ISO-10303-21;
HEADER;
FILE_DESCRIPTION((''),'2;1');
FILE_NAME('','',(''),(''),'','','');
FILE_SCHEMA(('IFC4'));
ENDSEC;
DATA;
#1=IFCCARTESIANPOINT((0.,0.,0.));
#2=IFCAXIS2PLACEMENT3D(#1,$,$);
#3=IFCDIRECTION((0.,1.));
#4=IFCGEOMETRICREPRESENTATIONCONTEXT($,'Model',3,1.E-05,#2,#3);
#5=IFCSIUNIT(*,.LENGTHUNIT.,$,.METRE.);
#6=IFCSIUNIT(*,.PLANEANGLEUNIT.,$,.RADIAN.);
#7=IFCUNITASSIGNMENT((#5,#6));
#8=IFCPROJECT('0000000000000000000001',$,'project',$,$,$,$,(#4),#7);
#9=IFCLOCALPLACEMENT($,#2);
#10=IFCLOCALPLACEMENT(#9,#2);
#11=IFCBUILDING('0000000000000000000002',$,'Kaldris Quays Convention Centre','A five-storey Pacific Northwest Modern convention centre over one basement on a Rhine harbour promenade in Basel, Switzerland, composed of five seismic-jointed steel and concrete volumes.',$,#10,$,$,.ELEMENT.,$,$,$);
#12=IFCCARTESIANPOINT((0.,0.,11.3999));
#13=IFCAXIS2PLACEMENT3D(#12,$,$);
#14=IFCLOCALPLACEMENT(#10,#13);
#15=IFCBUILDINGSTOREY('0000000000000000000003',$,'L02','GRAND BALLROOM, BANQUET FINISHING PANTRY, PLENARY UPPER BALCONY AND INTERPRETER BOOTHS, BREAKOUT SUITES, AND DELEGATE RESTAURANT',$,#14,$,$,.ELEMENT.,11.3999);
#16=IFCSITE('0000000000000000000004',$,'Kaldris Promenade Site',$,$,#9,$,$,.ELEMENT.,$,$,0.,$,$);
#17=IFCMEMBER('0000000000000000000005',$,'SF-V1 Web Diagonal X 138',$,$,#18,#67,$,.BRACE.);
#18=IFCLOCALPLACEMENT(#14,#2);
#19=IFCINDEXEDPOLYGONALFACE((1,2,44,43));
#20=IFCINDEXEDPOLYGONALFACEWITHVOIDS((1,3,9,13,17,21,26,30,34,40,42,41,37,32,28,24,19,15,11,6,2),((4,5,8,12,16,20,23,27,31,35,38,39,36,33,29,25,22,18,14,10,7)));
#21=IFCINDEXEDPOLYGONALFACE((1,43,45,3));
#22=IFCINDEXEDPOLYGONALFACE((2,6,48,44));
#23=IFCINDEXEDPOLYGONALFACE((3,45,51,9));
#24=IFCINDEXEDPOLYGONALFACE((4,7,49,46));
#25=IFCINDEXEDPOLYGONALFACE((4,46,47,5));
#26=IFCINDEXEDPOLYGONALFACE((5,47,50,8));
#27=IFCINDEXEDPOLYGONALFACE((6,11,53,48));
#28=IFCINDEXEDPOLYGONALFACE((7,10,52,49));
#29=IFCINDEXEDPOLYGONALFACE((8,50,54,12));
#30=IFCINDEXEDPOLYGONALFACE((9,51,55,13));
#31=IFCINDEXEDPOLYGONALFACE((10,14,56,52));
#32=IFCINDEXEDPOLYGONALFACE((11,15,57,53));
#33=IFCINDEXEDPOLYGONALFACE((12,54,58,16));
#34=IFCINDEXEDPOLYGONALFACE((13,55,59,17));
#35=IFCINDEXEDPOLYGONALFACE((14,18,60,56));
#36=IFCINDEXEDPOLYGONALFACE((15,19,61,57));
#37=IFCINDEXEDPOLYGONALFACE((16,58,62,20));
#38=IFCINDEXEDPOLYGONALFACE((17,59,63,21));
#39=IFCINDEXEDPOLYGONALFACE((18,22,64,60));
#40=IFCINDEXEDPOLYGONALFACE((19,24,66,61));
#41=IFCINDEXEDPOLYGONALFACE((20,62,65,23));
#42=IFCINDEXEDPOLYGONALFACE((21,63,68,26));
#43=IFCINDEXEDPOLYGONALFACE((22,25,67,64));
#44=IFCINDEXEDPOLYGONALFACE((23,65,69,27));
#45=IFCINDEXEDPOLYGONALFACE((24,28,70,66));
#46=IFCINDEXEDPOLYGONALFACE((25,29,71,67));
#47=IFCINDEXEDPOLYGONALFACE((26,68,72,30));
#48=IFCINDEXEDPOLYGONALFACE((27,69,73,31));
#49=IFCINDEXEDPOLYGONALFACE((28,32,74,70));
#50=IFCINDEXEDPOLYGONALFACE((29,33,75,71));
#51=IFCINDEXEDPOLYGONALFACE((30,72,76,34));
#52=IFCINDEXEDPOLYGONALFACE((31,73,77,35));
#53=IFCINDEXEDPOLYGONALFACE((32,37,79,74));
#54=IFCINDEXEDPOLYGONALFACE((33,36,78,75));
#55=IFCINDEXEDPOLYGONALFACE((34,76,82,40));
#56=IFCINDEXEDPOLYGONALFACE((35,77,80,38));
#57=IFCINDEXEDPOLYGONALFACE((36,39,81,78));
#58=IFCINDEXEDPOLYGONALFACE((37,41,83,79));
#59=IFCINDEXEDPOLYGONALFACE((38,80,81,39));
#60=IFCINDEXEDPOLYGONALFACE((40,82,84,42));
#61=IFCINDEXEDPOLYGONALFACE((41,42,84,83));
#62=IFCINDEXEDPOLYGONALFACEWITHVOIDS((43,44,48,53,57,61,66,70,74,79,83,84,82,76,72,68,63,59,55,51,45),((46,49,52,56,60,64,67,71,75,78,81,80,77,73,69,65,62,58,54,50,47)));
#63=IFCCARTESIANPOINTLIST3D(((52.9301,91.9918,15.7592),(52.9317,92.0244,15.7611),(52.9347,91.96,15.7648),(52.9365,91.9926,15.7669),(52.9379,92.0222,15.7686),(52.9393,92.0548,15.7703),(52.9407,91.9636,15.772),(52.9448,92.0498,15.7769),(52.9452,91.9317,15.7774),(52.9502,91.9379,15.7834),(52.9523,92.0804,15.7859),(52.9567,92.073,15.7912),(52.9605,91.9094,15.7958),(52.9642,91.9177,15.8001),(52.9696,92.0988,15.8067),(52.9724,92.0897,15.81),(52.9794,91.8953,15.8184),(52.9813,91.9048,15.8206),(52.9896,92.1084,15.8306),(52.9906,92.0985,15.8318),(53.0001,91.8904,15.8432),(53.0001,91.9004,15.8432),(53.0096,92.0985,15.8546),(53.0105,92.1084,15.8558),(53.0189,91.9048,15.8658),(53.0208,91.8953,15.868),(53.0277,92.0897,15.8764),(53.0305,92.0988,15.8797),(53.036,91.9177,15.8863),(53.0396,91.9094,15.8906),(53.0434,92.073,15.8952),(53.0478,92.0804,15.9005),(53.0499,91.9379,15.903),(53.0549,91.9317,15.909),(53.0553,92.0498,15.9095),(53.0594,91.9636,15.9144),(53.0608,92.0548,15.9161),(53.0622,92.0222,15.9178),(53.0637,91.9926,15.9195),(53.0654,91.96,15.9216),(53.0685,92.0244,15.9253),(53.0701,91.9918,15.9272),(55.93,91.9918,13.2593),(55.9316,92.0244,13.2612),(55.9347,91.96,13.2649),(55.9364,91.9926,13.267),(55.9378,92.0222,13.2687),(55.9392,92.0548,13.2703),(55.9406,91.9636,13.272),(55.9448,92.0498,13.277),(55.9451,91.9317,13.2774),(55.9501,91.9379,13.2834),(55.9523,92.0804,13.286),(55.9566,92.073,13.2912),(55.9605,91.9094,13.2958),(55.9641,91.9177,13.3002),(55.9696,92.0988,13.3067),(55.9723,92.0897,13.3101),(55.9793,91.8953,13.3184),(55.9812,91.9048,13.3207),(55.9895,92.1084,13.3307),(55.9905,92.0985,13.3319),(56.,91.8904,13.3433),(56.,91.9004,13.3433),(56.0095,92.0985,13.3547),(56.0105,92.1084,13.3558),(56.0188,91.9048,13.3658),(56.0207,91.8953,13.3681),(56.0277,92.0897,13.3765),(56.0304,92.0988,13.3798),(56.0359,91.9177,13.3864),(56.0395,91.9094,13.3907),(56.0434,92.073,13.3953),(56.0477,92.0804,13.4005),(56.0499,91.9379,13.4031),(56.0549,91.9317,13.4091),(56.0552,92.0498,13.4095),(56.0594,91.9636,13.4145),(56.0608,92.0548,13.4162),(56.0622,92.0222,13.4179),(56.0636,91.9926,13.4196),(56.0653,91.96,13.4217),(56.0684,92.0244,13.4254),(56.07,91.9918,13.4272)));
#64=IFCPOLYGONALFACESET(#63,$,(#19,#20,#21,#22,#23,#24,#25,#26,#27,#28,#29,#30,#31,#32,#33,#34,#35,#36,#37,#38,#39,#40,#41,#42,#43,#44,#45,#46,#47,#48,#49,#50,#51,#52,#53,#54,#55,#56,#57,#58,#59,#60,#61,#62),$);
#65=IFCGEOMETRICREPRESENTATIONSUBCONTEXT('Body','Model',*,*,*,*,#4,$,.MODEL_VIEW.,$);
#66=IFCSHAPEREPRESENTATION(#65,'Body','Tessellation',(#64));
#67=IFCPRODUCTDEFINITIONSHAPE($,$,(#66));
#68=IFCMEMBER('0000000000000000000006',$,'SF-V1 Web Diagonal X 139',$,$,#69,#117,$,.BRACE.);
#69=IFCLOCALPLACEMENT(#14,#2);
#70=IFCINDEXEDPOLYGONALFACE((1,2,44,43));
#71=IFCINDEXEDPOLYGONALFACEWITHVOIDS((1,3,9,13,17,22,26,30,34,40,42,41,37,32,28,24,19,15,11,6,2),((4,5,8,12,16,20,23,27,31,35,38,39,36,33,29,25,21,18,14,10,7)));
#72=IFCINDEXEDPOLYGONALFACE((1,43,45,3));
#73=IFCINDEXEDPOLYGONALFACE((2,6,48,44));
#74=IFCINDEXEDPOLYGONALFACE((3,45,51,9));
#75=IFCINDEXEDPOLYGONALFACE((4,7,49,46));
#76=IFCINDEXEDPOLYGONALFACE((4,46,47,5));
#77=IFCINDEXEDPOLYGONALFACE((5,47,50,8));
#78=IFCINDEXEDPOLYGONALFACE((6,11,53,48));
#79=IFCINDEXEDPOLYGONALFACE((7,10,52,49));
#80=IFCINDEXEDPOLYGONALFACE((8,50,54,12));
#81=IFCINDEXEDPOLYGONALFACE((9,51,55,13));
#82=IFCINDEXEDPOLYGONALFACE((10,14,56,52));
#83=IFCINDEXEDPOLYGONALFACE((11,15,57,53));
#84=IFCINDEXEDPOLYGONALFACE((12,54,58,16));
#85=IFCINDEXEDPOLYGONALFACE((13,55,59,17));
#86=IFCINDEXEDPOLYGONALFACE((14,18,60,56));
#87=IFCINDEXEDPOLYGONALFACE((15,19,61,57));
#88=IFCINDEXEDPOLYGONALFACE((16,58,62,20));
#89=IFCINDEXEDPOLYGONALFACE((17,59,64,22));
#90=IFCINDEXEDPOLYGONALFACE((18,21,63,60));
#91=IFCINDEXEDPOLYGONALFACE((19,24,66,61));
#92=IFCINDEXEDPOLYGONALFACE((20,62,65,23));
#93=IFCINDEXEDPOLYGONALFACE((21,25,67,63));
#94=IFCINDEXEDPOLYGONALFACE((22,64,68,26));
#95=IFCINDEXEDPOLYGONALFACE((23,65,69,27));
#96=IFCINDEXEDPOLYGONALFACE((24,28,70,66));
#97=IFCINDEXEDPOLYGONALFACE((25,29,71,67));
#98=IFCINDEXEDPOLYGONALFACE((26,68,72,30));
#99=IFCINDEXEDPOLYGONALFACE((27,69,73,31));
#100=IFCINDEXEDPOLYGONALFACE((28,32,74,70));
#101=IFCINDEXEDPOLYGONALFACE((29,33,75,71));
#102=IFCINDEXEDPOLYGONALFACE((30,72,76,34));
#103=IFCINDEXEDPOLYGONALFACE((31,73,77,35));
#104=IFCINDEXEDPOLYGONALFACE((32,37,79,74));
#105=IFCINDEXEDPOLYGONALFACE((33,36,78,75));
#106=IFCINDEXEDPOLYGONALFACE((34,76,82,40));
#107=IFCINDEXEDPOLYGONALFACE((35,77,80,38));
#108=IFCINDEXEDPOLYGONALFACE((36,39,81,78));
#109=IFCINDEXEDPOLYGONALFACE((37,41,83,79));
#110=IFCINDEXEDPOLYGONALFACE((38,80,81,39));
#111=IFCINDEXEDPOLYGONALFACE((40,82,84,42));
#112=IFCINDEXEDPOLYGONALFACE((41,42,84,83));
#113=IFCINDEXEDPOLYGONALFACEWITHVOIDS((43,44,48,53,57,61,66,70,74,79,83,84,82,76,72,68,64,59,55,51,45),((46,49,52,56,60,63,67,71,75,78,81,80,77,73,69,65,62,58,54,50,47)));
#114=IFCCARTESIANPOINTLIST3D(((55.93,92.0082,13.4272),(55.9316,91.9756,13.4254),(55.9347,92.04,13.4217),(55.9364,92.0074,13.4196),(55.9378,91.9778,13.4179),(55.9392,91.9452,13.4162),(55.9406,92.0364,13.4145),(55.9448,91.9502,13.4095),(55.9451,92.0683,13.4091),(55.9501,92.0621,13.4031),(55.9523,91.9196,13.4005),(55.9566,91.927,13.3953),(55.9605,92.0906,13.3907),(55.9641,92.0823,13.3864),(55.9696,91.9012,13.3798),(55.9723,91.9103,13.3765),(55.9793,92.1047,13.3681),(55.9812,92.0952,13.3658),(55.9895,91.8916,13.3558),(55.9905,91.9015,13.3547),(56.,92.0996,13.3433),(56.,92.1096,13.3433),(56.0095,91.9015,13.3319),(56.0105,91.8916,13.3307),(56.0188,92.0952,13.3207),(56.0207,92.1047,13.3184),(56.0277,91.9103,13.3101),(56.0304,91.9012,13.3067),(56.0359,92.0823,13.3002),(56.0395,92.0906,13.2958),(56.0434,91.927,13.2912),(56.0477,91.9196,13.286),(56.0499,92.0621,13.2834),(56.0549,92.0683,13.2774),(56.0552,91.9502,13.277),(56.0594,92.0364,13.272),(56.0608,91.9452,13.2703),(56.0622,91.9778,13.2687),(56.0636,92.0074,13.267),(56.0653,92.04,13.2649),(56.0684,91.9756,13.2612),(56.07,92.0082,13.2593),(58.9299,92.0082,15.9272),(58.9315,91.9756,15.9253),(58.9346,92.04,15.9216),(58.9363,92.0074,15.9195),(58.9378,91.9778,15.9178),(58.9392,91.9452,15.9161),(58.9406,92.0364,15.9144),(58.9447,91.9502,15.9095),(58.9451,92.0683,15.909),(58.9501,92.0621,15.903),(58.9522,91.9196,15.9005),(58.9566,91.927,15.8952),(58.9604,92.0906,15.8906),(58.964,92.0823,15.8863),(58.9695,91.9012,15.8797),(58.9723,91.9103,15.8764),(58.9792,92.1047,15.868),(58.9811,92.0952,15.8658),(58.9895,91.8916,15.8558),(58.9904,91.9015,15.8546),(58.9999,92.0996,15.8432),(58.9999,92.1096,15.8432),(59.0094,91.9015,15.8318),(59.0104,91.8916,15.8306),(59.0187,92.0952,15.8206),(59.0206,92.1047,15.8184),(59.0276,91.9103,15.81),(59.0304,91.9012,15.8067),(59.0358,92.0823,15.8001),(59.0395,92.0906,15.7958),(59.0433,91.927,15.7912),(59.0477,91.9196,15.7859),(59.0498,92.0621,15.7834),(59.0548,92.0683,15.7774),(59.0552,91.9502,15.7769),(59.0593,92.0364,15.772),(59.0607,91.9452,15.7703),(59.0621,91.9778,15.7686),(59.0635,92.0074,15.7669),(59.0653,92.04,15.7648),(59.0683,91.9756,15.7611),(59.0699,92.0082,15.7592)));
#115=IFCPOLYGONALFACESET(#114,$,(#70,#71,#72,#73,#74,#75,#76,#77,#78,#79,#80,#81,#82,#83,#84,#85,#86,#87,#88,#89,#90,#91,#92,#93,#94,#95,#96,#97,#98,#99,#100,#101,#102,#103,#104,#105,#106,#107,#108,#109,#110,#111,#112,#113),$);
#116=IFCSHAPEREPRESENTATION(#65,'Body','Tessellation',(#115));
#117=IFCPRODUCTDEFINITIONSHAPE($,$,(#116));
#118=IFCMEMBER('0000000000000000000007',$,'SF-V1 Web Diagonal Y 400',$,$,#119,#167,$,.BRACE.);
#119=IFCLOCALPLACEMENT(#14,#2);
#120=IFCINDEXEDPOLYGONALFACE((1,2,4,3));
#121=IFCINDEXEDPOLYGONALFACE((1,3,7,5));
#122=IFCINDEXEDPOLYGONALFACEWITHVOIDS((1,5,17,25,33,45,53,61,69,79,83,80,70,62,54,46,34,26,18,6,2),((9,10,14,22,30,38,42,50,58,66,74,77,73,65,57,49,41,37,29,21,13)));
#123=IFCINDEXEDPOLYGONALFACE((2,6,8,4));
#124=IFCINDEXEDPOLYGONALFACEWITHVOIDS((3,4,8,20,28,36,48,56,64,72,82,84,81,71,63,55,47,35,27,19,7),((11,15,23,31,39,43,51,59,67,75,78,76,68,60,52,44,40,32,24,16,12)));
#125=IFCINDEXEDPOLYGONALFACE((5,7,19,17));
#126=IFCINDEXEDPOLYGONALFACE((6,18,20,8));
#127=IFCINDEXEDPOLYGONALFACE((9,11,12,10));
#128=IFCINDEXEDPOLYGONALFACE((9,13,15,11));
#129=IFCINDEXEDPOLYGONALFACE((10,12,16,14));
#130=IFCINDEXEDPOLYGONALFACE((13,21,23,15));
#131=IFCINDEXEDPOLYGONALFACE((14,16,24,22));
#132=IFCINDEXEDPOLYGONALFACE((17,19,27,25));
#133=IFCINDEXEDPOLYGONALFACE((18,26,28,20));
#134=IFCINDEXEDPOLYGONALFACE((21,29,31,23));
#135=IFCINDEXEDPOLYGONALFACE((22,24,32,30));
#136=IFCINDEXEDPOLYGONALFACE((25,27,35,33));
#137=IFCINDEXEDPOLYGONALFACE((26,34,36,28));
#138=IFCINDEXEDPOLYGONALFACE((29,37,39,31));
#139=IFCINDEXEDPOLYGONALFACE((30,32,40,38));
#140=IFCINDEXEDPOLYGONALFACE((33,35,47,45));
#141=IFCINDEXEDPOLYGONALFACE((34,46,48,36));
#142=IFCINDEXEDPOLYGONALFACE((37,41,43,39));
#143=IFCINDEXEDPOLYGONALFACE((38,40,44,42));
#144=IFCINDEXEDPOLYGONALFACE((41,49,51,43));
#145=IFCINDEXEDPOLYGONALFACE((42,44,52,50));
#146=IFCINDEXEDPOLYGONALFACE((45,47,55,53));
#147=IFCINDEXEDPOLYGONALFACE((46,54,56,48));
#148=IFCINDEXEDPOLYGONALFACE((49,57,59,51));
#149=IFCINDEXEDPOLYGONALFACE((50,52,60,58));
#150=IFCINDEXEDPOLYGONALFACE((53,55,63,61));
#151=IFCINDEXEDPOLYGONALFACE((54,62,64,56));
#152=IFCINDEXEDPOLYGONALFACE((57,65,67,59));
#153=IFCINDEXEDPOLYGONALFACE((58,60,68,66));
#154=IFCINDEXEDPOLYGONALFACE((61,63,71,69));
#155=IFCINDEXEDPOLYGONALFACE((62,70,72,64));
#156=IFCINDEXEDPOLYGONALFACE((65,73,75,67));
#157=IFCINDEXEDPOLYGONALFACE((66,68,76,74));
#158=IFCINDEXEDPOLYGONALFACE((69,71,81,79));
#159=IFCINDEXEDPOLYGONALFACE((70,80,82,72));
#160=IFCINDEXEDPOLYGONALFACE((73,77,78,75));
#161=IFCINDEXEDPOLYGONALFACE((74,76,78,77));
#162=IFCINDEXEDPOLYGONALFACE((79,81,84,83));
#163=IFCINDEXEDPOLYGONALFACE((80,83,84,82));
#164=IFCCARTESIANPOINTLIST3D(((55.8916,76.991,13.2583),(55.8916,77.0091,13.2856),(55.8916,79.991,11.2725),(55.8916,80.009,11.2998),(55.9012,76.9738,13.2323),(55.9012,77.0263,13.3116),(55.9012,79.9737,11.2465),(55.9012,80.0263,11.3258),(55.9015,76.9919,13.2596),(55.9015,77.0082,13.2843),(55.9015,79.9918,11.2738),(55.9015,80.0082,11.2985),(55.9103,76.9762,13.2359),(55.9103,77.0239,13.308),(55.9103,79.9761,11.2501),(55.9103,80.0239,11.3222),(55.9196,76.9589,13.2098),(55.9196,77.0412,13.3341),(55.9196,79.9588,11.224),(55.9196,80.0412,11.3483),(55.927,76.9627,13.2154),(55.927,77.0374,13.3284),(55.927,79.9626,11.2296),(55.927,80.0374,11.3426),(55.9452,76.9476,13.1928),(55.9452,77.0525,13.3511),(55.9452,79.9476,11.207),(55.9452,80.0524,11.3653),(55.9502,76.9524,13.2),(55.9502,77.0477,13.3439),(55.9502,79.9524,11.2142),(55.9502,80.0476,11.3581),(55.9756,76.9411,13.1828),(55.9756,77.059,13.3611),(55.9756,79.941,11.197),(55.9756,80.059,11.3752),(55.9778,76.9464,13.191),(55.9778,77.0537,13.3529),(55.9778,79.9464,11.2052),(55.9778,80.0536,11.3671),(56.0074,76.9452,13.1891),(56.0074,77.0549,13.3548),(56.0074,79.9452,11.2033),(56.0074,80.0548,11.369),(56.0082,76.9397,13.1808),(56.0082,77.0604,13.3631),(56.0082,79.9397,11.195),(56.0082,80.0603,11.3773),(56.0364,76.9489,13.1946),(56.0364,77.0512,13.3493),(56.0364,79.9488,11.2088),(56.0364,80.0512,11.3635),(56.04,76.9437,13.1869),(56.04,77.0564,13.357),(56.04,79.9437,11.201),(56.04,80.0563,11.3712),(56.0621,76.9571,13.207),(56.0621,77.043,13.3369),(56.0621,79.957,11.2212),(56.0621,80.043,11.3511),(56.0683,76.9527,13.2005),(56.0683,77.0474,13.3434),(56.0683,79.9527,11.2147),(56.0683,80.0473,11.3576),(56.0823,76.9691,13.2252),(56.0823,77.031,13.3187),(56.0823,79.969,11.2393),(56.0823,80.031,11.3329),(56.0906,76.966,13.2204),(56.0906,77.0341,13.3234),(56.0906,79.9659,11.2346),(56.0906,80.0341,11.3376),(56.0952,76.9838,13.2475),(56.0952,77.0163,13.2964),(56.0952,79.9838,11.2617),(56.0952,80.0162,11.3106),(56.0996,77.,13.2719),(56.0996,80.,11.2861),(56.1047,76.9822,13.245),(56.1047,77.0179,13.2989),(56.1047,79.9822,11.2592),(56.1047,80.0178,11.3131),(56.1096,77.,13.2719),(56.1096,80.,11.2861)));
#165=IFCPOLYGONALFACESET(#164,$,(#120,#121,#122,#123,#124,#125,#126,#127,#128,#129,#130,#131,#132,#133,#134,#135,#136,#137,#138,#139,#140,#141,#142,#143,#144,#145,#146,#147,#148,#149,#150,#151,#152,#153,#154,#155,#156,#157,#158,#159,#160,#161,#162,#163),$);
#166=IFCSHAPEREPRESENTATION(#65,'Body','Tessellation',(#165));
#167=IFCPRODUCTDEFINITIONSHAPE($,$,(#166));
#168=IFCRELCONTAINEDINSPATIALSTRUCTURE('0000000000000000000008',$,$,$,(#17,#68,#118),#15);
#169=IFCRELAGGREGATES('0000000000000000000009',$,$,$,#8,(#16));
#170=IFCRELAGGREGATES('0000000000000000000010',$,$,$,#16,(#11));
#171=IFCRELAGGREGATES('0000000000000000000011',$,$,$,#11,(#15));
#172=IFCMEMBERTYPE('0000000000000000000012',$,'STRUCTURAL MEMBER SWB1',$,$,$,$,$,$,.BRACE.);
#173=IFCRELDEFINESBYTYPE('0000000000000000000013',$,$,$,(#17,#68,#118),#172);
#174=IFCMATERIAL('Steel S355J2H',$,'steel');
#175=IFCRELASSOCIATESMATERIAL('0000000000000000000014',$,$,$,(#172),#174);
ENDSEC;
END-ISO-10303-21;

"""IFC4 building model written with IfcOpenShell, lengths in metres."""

from ifc_helpers import new_model, si_unit, direction, frame, origin, origin_2d, place, context, subcontext, project, spatial, hollow_circle, extrude, material, material_profile, profile_set, type_object, element, save


model = new_model("IFC4")

# Units and contexts
model_context = context("Model", 3, precision=1e-05, world=origin(), true_north=direction((0.0, 1.0)))
body_context = subcontext(model_context, "Body", "Model", "MODEL_VIEW")
ifc_project = project(units=[si_unit("LENGTHUNIT", "METRE"), si_unit("PLANEANGLEUNIT", "RADIAN")], contexts=[model_context])

# Site, building, storey
site_placement = place(None, origin())
site = spatial("IfcSite", under=ifc_project, at=site_placement, Name="Kaldris Promenade Site", CompositionType="ELEMENT", RefElevation=0.0)
building_placement = place(site_placement, origin())
building = spatial("IfcBuilding", under=site, at=building_placement, Name="Kaldris Quays Convention Centre", Description="A five-storey Pacific Northwest Modern convention centre over one basement on a Rhine harbour promenade in Basel, Switzerland, composed of five seismic-jointed steel and concrete volumes.", CompositionType="ELEMENT")
storey_placement = place(building_placement, frame((0.0, 0.0, 11.3999)))
storey = spatial("IfcBuildingStorey", under=building, at=storey_placement, Name="L02", Description="GRAND BALLROOM, BANQUET FINISHING PANTRY, PLENARY UPPER BALCONY AND INTERPRETER BOOTHS, BREAKOUT SUITES, AND DELEGATE RESTAURANT", CompositionType="ELEMENT", Elevation=11.3999)

# Members
ifc_material_1 = material(Name="Steel S355J2H", Category="steel")
ifc_material_profile_1 = material_profile(ifc_material_1, hollow_circle(Radius=0.1096, WallThickness=0.01, at=origin_2d()), Name="CHS 219.1x10")
ifc_profile_set_1 = profile_set([ifc_material_profile_1], Name="Steel S355J2H")
member_type_1 = type_object("IfcMemberType", Name="STRUCTURAL MEMBER SWB1", PredefinedType="BRACE", material=ifc_profile_set_1)
for number, where, z_axis, x_axis, name in (
    (1, (56.0, 92.0, 13.3433), (-0.768221, 0.0, 0.640184), (0.0, -1.0, 0.0), "SF-V1 Web Diagonal X 138"),
    (2, (56.0, 92.0, 13.3433), (0.768221, 0.0, 0.640184), (0.0, 1.0, 0.0), "SF-V1 Web Diagonal X 139"),
):
    element("IfcMember", number, at=place(storey_placement, frame(where, z_axis=z_axis, x_axis=x_axis)), inside=storey, type_object=member_type_1, Name=name, PredefinedType="BRACE", context=body_context, shape_type="SweptSolid", body=[
        extrude(hollow_circle(Radius=0.1096, WallThickness=0.01, at=origin_2d()), origin(), (0.0, 0.0, 1.0), 3.905),
    ])
member_1_placement = place(storey_placement, frame((56.0, 80.0, 11.2861), z_axis=(0.0, -0.833862, 0.551972), x_axis=(1.0, 0.0, 0.0)))
element("IfcMember", 3, at=member_1_placement, inside=storey, type_object=member_type_1, Name="SF-V1 Web Diagonal Y 400", PredefinedType="BRACE", context=body_context, shape_type="SweptSolid", body=[
    extrude(hollow_circle(Radius=0.1096, WallThickness=0.01, at=origin_2d()), origin(), (0.0, 0.0, 1.0), 3.5977),
])

save(model, "model.ifc")
